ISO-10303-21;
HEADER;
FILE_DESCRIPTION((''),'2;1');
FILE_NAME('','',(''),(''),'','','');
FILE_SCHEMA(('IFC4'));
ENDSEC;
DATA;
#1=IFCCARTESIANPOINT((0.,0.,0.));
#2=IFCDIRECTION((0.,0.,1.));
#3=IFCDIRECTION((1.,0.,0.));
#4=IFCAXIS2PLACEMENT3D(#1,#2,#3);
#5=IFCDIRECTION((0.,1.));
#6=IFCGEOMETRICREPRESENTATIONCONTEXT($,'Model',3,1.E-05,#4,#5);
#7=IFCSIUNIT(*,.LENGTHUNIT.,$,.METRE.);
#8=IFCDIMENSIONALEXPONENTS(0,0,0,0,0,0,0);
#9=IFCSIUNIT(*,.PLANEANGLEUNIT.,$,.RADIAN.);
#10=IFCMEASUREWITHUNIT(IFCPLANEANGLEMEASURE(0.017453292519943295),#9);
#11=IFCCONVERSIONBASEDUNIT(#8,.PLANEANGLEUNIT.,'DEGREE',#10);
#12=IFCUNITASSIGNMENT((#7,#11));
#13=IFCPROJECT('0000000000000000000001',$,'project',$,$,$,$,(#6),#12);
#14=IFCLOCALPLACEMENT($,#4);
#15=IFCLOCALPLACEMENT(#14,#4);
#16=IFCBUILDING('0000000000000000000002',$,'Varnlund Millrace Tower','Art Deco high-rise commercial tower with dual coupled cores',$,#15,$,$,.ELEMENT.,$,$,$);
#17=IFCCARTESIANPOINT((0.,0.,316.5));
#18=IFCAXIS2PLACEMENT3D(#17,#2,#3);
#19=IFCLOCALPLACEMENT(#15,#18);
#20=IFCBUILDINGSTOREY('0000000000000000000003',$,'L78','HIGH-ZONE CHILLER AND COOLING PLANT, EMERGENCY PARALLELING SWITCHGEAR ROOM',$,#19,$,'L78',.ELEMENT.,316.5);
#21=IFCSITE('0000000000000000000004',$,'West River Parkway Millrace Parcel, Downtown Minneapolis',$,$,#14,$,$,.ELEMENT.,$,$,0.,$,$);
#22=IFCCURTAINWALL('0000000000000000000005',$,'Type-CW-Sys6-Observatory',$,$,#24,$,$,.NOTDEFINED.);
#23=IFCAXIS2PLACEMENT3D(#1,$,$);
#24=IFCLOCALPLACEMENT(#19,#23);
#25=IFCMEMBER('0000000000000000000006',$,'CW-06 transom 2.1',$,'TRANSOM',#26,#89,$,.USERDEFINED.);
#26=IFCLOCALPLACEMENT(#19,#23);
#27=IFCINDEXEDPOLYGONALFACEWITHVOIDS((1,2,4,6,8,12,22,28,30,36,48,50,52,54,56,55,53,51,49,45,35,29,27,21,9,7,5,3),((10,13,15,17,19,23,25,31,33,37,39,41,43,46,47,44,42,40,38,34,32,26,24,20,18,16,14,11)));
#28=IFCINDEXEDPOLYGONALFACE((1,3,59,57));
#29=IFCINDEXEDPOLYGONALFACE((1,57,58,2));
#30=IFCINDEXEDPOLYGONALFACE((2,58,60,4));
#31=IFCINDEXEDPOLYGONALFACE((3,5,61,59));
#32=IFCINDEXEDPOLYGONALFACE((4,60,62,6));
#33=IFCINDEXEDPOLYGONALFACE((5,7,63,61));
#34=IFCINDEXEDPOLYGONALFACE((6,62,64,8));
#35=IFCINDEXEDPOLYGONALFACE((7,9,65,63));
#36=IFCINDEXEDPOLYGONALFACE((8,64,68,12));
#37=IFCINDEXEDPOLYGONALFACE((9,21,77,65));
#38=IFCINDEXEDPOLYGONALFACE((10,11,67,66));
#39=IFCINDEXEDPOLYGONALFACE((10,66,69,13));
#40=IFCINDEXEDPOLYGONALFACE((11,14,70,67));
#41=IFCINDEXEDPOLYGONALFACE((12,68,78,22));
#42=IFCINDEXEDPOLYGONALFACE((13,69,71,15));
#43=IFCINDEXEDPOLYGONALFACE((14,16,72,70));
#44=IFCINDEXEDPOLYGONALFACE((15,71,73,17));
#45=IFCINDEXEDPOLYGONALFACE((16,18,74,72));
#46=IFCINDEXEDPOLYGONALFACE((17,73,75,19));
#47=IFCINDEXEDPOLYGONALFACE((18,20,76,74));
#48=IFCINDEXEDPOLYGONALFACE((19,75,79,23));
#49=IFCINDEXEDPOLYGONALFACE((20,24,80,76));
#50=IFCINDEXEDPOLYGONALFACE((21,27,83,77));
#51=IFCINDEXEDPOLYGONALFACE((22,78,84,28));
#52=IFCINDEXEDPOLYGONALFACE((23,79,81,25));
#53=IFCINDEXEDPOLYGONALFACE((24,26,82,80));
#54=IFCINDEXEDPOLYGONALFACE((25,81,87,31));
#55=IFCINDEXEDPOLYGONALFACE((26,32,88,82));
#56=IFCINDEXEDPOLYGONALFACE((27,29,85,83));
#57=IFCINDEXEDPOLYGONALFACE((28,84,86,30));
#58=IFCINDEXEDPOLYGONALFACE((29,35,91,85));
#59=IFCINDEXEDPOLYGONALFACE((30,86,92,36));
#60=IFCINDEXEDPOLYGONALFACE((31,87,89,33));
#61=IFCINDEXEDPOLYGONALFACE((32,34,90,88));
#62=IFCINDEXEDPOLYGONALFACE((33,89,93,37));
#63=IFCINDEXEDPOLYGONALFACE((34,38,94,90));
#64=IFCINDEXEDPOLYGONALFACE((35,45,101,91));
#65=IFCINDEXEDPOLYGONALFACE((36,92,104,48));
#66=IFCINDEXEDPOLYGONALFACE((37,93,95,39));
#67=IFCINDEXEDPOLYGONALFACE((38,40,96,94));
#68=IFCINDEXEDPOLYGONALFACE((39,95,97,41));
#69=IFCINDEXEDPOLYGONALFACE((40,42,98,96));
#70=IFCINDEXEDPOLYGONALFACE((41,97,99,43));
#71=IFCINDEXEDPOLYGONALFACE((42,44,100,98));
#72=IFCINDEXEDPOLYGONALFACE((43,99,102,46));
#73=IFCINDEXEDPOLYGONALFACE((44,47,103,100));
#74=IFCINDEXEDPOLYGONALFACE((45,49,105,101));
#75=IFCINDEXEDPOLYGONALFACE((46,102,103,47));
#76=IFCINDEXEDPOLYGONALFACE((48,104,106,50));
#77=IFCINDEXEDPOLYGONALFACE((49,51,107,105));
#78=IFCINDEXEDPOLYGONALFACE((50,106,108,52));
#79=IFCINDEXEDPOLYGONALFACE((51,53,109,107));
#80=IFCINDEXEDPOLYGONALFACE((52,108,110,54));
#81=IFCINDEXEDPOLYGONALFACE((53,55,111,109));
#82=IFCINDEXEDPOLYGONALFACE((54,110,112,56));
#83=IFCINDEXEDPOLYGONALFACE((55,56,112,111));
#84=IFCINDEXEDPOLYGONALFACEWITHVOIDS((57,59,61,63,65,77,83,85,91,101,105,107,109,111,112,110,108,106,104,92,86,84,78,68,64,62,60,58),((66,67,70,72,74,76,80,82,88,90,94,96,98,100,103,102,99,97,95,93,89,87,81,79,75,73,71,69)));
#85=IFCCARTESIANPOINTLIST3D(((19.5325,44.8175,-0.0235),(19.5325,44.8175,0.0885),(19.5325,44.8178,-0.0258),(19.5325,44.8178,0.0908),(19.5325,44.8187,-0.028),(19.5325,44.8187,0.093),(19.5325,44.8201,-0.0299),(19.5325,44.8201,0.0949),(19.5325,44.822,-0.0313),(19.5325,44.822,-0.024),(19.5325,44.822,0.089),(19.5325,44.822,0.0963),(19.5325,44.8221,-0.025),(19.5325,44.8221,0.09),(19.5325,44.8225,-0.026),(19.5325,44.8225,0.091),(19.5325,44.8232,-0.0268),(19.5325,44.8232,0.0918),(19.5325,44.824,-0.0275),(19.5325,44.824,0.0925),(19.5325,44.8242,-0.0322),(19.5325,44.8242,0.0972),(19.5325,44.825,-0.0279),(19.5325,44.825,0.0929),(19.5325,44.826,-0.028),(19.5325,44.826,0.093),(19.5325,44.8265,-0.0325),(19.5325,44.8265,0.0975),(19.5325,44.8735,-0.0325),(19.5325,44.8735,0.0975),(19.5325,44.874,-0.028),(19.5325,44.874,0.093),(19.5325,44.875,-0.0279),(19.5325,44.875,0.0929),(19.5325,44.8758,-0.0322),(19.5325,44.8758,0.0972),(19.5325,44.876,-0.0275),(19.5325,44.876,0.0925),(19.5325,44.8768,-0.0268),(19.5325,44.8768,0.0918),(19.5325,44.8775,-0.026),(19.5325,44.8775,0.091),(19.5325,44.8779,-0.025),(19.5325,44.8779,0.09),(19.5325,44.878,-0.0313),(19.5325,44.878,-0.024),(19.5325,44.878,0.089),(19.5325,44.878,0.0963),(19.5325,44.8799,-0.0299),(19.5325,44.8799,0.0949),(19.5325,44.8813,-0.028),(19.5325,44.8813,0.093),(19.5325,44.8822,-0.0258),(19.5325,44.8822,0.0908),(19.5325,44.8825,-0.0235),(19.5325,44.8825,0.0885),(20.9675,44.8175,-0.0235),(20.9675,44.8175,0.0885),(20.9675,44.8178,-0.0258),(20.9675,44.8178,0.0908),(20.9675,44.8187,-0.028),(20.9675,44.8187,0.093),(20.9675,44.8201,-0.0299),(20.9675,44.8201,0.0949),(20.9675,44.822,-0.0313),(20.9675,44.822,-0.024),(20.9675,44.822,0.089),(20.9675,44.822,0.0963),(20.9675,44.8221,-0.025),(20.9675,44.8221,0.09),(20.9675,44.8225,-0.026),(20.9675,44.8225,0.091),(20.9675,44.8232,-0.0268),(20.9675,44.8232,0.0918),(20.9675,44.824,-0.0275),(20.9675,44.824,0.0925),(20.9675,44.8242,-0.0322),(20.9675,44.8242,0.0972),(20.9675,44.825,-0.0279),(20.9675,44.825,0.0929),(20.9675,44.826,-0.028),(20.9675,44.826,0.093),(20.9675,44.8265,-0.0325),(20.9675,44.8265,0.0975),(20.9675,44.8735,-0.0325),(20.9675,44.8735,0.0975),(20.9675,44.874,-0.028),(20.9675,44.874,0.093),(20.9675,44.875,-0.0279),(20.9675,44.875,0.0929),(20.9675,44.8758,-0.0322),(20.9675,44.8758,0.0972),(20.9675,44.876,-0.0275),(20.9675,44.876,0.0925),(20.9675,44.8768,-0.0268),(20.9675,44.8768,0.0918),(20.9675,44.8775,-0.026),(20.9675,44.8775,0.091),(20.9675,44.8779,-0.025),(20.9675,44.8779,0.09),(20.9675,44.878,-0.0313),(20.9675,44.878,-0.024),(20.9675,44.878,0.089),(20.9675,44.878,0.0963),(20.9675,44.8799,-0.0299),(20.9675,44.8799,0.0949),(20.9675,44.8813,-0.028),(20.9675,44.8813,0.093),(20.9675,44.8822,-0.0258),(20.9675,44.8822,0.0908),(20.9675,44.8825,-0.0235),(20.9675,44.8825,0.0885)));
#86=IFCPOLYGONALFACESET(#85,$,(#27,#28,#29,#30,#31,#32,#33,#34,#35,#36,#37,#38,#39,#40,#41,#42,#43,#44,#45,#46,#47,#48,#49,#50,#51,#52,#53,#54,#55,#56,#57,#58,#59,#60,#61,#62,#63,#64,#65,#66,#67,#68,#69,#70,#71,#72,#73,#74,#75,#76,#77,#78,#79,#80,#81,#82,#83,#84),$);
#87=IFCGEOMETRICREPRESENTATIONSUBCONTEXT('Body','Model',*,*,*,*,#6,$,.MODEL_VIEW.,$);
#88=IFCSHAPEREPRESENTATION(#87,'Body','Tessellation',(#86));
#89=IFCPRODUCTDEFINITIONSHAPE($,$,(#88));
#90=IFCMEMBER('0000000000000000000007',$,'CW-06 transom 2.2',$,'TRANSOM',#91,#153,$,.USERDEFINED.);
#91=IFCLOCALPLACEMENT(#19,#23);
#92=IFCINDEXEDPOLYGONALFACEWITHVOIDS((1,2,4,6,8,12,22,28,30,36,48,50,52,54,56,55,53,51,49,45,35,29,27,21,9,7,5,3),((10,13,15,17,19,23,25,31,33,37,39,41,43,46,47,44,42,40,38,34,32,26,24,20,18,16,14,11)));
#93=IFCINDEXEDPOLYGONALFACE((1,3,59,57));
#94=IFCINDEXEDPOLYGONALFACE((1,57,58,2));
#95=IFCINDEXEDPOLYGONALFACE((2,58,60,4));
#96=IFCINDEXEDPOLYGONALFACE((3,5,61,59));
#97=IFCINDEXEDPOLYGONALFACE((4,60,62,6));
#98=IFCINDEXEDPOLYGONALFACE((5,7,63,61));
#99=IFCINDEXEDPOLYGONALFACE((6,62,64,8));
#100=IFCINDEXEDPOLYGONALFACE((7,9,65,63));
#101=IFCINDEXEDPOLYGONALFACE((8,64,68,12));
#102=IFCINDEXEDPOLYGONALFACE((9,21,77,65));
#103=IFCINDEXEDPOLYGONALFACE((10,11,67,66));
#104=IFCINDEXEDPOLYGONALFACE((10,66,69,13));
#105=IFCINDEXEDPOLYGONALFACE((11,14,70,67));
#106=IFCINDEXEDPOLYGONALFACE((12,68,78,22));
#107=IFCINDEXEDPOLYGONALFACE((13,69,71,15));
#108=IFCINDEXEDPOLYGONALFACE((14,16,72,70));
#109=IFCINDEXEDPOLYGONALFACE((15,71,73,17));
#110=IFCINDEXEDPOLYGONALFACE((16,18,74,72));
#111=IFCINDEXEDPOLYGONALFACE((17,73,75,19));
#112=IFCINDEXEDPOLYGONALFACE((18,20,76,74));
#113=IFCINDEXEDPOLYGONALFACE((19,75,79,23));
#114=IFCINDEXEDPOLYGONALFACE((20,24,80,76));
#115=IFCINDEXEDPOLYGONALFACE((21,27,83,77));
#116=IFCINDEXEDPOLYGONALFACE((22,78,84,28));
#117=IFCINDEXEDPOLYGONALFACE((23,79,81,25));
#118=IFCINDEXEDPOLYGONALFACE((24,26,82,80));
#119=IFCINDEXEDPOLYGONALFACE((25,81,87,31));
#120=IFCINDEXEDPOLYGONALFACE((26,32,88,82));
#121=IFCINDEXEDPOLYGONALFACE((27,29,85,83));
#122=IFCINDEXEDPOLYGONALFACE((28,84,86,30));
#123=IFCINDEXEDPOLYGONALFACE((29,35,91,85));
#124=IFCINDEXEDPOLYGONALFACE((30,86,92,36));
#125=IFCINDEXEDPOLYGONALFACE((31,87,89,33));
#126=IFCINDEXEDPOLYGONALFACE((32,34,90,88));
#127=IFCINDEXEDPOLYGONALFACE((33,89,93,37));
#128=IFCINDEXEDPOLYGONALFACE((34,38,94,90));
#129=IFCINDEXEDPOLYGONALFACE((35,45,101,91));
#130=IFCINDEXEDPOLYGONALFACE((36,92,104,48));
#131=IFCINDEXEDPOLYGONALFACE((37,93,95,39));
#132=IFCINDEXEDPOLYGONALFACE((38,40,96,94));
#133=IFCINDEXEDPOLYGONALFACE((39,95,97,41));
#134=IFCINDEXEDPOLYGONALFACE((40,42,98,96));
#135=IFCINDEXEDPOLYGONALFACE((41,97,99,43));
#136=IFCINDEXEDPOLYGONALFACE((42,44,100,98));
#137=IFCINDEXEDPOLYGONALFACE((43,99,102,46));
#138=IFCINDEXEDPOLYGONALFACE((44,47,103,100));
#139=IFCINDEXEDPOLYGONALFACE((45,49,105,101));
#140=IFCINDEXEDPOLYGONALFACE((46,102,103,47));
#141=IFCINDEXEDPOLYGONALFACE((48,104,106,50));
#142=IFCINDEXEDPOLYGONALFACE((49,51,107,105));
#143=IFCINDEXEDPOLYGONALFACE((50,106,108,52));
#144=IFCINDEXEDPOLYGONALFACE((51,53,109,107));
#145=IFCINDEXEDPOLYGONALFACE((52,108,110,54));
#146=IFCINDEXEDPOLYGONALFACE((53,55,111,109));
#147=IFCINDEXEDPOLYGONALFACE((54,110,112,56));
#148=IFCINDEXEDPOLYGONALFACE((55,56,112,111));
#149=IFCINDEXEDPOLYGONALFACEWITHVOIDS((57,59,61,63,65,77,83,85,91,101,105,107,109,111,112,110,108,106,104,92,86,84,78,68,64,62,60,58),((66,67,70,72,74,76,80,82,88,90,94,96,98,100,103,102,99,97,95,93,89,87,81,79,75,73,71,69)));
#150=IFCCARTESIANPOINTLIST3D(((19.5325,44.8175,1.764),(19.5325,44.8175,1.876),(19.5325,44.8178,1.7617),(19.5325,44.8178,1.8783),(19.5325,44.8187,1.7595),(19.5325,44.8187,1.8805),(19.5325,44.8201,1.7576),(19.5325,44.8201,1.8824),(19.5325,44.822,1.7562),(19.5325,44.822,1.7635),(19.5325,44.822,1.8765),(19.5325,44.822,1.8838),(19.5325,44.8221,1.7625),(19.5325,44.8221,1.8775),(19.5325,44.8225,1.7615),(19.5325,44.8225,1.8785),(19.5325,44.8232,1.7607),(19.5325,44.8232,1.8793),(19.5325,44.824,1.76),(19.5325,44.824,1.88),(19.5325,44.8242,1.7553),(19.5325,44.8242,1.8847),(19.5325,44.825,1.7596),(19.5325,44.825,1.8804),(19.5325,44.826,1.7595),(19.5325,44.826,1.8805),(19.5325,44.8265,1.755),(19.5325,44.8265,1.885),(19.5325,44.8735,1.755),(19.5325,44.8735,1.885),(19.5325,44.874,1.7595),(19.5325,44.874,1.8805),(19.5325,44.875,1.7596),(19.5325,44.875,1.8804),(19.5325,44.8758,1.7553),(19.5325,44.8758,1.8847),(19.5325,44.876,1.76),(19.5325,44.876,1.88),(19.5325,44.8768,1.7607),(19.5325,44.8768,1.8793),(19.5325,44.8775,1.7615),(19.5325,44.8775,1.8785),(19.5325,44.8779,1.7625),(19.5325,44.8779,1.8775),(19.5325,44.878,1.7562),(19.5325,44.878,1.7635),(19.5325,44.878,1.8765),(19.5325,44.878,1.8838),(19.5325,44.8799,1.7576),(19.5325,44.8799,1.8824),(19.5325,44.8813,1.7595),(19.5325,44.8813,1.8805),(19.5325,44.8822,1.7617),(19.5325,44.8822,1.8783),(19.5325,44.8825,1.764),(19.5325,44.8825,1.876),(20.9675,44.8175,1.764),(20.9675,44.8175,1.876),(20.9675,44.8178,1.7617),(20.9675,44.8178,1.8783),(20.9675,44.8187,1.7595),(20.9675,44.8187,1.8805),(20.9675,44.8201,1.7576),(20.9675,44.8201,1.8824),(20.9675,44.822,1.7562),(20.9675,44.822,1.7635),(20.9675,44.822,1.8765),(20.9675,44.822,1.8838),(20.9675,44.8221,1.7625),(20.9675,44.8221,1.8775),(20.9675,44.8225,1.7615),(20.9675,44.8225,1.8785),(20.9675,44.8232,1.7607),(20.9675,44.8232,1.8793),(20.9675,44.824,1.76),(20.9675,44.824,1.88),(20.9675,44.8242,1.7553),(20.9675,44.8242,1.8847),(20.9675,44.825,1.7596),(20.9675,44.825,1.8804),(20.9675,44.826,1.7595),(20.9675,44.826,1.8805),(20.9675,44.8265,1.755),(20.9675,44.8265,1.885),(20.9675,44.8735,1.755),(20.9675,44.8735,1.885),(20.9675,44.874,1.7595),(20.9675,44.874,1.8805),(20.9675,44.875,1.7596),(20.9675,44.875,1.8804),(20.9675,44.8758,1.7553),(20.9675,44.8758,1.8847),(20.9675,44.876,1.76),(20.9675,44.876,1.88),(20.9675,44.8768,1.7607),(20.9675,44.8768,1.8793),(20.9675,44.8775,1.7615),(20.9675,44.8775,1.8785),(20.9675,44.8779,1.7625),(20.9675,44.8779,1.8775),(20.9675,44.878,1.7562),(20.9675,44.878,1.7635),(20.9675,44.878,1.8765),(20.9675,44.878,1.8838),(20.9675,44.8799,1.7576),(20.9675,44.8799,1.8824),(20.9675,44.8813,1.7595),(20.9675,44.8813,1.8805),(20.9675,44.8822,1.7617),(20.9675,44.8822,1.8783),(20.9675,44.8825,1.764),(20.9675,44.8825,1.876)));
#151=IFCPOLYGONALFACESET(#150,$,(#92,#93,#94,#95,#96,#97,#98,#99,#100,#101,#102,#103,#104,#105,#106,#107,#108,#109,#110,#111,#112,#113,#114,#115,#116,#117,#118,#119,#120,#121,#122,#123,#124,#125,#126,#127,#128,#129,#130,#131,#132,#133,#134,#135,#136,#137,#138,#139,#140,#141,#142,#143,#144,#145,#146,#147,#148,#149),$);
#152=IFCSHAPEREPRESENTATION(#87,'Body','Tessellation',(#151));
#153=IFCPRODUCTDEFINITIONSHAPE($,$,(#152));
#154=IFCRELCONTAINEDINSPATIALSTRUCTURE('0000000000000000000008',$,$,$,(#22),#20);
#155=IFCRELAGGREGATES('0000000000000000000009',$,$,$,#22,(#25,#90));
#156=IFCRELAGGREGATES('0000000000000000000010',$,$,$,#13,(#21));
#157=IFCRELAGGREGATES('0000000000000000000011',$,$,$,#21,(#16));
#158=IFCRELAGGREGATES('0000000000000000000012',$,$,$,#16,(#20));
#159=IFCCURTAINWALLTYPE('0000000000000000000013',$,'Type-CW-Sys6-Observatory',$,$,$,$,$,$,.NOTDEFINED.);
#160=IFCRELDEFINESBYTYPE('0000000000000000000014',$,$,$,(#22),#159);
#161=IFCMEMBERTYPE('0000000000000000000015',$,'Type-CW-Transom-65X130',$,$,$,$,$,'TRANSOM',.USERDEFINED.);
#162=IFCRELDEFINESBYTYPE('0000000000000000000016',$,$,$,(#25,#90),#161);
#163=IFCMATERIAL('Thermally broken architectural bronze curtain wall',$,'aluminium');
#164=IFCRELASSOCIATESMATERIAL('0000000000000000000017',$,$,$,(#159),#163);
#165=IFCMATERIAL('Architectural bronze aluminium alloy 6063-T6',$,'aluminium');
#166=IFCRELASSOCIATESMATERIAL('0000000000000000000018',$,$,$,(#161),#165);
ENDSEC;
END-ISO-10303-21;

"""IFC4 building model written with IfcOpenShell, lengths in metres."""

from ifc_helpers import new_model, entity, si_unit, converted_unit, direction, frame, origin_with_axes, origin_2d_with_axis, place, context, subcontext, project, spatial, hollow_rectangle, extrude, material, material_profile, profile_set, type_object, element, aggregate, save


model = new_model("IFC4")

# Units and contexts
model_context = context("Model", 3, precision=1e-05, world=origin_with_axes(), true_north=direction((0.0, 1.0)))
body_context = subcontext(model_context, "Body", "Model", "MODEL_VIEW")
ifc_project = project(units=[si_unit("LENGTHUNIT", "METRE"), converted_unit("PLANEANGLEUNIT", "DEGREE", entity("IfcPlaneAngleMeasure", 0.017453292519943295), si_unit("PLANEANGLEUNIT", "RADIAN"), dimensions=[0, 0, 0, 0, 0, 0, 0])], contexts=[model_context])

# Site, building, storey
site_placement = place(None, origin_with_axes())
site = spatial("IfcSite", under=ifc_project, at=site_placement, Name="West River Parkway Millrace Parcel, Downtown Minneapolis", CompositionType="ELEMENT", RefElevation=0.0)
building_placement = place(site_placement, origin_with_axes())
building = spatial("IfcBuilding", under=site, at=building_placement, Name="Varnlund Millrace Tower", Description="Art Deco high-rise commercial tower with dual coupled cores", CompositionType="ELEMENT")
storey_placement = place(building_placement, frame((0.0, 0.0, 316.5), z_axis=(0.0, 0.0, 1.0), x_axis=(1.0, 0.0, 0.0)))
storey = spatial("IfcBuildingStorey", under=building, at=storey_placement, Name="L78", Description="HIGH-ZONE CHILLER AND COOLING PLANT, EMERGENCY PARALLELING SWITCHGEAR ROOM", LongName="L78", CompositionType="ELEMENT", Elevation=316.5)

# Curtain wall, members
ifc_material_1 = material(Name="Thermally broken architectural bronze curtain wall", Category="aluminium")
curtain_wall_type = type_object("IfcCurtainWallType", Name="Type-CW-Sys6-Observatory", PredefinedType="NOTDEFINED", material=ifc_material_1)
ifc_material_2 = material(Name="Architectural bronze aluminium alloy 6063-T6", Category="aluminium")
ifc_material_profile_1 = material_profile(ifc_material_2, hollow_rectangle(XDim=0.065, YDim=0.13, WallThickness=0.0045, InnerFilletRadius=0.004, OuterFilletRadius=0.009, at=origin_2d_with_axis()), Name="Architectural bronze aluminium alloy 6063-T6")
ifc_profile_set_1 = profile_set([ifc_material_profile_1], Name="Architectural bronze aluminium alloy 6063-T6")
member_type = type_object("IfcMemberType", Name="Type-CW-Transom-65X130", ElementType="TRANSOM", PredefinedType="USERDEFINED", material=ifc_profile_set_1)
curtain_wall_1_placement = place(storey_placement, frame((18.0, 44.85, 0.0), z_axis=(0.0, 0.0, 1.0), x_axis=(1.0, 0.0, 0.0)))
curtain_wall_1 = element("IfcCurtainWall", 1, at=curtain_wall_1_placement, inside=storey, type_object=curtain_wall_type, Name="Type-CW-Sys6-Observatory", PredefinedType="NOTDEFINED")
member_1_placement = place(storey_placement, frame((19.5325, 44.85, 0.0325), z_axis=(1.0, 0.0, 0.0), x_axis=(0.0, 1.0, 0.0)))
member_1 = element("IfcMember", 2, at=member_1_placement, type_object=member_type, Name="CW-06 transom 2.1", ObjectType="TRANSOM", PredefinedType="USERDEFINED", context=body_context, shape_type="SweptSolid", body=[
    extrude(hollow_rectangle(XDim=0.065, YDim=0.13, WallThickness=0.0045, InnerFilletRadius=0.004, OuterFilletRadius=0.009, at=origin_2d_with_axis()), origin_with_axes(), (0.0, 0.0, 1.0), 1.435),
])
member_2_placement = place(storey_placement, frame((19.5325, 44.85, 1.82), z_axis=(1.0, 0.0, 0.0), x_axis=(0.0, 1.0, 0.0)))
member_2 = element("IfcMember", 3, at=member_2_placement, type_object=member_type, Name="CW-06 transom 2.2", ObjectType="TRANSOM", PredefinedType="USERDEFINED", context=body_context, shape_type="SweptSolid", body=[
    extrude(hollow_rectangle(XDim=0.065, YDim=0.13, WallThickness=0.0045, InnerFilletRadius=0.004, OuterFilletRadius=0.009, at=origin_2d_with_axis()), origin_with_axes(), (0.0, 0.0, 1.0), 1.435),
])

aggregate(curtain_wall_1, [member_1, member_2])

save(model, "model.ifc")
